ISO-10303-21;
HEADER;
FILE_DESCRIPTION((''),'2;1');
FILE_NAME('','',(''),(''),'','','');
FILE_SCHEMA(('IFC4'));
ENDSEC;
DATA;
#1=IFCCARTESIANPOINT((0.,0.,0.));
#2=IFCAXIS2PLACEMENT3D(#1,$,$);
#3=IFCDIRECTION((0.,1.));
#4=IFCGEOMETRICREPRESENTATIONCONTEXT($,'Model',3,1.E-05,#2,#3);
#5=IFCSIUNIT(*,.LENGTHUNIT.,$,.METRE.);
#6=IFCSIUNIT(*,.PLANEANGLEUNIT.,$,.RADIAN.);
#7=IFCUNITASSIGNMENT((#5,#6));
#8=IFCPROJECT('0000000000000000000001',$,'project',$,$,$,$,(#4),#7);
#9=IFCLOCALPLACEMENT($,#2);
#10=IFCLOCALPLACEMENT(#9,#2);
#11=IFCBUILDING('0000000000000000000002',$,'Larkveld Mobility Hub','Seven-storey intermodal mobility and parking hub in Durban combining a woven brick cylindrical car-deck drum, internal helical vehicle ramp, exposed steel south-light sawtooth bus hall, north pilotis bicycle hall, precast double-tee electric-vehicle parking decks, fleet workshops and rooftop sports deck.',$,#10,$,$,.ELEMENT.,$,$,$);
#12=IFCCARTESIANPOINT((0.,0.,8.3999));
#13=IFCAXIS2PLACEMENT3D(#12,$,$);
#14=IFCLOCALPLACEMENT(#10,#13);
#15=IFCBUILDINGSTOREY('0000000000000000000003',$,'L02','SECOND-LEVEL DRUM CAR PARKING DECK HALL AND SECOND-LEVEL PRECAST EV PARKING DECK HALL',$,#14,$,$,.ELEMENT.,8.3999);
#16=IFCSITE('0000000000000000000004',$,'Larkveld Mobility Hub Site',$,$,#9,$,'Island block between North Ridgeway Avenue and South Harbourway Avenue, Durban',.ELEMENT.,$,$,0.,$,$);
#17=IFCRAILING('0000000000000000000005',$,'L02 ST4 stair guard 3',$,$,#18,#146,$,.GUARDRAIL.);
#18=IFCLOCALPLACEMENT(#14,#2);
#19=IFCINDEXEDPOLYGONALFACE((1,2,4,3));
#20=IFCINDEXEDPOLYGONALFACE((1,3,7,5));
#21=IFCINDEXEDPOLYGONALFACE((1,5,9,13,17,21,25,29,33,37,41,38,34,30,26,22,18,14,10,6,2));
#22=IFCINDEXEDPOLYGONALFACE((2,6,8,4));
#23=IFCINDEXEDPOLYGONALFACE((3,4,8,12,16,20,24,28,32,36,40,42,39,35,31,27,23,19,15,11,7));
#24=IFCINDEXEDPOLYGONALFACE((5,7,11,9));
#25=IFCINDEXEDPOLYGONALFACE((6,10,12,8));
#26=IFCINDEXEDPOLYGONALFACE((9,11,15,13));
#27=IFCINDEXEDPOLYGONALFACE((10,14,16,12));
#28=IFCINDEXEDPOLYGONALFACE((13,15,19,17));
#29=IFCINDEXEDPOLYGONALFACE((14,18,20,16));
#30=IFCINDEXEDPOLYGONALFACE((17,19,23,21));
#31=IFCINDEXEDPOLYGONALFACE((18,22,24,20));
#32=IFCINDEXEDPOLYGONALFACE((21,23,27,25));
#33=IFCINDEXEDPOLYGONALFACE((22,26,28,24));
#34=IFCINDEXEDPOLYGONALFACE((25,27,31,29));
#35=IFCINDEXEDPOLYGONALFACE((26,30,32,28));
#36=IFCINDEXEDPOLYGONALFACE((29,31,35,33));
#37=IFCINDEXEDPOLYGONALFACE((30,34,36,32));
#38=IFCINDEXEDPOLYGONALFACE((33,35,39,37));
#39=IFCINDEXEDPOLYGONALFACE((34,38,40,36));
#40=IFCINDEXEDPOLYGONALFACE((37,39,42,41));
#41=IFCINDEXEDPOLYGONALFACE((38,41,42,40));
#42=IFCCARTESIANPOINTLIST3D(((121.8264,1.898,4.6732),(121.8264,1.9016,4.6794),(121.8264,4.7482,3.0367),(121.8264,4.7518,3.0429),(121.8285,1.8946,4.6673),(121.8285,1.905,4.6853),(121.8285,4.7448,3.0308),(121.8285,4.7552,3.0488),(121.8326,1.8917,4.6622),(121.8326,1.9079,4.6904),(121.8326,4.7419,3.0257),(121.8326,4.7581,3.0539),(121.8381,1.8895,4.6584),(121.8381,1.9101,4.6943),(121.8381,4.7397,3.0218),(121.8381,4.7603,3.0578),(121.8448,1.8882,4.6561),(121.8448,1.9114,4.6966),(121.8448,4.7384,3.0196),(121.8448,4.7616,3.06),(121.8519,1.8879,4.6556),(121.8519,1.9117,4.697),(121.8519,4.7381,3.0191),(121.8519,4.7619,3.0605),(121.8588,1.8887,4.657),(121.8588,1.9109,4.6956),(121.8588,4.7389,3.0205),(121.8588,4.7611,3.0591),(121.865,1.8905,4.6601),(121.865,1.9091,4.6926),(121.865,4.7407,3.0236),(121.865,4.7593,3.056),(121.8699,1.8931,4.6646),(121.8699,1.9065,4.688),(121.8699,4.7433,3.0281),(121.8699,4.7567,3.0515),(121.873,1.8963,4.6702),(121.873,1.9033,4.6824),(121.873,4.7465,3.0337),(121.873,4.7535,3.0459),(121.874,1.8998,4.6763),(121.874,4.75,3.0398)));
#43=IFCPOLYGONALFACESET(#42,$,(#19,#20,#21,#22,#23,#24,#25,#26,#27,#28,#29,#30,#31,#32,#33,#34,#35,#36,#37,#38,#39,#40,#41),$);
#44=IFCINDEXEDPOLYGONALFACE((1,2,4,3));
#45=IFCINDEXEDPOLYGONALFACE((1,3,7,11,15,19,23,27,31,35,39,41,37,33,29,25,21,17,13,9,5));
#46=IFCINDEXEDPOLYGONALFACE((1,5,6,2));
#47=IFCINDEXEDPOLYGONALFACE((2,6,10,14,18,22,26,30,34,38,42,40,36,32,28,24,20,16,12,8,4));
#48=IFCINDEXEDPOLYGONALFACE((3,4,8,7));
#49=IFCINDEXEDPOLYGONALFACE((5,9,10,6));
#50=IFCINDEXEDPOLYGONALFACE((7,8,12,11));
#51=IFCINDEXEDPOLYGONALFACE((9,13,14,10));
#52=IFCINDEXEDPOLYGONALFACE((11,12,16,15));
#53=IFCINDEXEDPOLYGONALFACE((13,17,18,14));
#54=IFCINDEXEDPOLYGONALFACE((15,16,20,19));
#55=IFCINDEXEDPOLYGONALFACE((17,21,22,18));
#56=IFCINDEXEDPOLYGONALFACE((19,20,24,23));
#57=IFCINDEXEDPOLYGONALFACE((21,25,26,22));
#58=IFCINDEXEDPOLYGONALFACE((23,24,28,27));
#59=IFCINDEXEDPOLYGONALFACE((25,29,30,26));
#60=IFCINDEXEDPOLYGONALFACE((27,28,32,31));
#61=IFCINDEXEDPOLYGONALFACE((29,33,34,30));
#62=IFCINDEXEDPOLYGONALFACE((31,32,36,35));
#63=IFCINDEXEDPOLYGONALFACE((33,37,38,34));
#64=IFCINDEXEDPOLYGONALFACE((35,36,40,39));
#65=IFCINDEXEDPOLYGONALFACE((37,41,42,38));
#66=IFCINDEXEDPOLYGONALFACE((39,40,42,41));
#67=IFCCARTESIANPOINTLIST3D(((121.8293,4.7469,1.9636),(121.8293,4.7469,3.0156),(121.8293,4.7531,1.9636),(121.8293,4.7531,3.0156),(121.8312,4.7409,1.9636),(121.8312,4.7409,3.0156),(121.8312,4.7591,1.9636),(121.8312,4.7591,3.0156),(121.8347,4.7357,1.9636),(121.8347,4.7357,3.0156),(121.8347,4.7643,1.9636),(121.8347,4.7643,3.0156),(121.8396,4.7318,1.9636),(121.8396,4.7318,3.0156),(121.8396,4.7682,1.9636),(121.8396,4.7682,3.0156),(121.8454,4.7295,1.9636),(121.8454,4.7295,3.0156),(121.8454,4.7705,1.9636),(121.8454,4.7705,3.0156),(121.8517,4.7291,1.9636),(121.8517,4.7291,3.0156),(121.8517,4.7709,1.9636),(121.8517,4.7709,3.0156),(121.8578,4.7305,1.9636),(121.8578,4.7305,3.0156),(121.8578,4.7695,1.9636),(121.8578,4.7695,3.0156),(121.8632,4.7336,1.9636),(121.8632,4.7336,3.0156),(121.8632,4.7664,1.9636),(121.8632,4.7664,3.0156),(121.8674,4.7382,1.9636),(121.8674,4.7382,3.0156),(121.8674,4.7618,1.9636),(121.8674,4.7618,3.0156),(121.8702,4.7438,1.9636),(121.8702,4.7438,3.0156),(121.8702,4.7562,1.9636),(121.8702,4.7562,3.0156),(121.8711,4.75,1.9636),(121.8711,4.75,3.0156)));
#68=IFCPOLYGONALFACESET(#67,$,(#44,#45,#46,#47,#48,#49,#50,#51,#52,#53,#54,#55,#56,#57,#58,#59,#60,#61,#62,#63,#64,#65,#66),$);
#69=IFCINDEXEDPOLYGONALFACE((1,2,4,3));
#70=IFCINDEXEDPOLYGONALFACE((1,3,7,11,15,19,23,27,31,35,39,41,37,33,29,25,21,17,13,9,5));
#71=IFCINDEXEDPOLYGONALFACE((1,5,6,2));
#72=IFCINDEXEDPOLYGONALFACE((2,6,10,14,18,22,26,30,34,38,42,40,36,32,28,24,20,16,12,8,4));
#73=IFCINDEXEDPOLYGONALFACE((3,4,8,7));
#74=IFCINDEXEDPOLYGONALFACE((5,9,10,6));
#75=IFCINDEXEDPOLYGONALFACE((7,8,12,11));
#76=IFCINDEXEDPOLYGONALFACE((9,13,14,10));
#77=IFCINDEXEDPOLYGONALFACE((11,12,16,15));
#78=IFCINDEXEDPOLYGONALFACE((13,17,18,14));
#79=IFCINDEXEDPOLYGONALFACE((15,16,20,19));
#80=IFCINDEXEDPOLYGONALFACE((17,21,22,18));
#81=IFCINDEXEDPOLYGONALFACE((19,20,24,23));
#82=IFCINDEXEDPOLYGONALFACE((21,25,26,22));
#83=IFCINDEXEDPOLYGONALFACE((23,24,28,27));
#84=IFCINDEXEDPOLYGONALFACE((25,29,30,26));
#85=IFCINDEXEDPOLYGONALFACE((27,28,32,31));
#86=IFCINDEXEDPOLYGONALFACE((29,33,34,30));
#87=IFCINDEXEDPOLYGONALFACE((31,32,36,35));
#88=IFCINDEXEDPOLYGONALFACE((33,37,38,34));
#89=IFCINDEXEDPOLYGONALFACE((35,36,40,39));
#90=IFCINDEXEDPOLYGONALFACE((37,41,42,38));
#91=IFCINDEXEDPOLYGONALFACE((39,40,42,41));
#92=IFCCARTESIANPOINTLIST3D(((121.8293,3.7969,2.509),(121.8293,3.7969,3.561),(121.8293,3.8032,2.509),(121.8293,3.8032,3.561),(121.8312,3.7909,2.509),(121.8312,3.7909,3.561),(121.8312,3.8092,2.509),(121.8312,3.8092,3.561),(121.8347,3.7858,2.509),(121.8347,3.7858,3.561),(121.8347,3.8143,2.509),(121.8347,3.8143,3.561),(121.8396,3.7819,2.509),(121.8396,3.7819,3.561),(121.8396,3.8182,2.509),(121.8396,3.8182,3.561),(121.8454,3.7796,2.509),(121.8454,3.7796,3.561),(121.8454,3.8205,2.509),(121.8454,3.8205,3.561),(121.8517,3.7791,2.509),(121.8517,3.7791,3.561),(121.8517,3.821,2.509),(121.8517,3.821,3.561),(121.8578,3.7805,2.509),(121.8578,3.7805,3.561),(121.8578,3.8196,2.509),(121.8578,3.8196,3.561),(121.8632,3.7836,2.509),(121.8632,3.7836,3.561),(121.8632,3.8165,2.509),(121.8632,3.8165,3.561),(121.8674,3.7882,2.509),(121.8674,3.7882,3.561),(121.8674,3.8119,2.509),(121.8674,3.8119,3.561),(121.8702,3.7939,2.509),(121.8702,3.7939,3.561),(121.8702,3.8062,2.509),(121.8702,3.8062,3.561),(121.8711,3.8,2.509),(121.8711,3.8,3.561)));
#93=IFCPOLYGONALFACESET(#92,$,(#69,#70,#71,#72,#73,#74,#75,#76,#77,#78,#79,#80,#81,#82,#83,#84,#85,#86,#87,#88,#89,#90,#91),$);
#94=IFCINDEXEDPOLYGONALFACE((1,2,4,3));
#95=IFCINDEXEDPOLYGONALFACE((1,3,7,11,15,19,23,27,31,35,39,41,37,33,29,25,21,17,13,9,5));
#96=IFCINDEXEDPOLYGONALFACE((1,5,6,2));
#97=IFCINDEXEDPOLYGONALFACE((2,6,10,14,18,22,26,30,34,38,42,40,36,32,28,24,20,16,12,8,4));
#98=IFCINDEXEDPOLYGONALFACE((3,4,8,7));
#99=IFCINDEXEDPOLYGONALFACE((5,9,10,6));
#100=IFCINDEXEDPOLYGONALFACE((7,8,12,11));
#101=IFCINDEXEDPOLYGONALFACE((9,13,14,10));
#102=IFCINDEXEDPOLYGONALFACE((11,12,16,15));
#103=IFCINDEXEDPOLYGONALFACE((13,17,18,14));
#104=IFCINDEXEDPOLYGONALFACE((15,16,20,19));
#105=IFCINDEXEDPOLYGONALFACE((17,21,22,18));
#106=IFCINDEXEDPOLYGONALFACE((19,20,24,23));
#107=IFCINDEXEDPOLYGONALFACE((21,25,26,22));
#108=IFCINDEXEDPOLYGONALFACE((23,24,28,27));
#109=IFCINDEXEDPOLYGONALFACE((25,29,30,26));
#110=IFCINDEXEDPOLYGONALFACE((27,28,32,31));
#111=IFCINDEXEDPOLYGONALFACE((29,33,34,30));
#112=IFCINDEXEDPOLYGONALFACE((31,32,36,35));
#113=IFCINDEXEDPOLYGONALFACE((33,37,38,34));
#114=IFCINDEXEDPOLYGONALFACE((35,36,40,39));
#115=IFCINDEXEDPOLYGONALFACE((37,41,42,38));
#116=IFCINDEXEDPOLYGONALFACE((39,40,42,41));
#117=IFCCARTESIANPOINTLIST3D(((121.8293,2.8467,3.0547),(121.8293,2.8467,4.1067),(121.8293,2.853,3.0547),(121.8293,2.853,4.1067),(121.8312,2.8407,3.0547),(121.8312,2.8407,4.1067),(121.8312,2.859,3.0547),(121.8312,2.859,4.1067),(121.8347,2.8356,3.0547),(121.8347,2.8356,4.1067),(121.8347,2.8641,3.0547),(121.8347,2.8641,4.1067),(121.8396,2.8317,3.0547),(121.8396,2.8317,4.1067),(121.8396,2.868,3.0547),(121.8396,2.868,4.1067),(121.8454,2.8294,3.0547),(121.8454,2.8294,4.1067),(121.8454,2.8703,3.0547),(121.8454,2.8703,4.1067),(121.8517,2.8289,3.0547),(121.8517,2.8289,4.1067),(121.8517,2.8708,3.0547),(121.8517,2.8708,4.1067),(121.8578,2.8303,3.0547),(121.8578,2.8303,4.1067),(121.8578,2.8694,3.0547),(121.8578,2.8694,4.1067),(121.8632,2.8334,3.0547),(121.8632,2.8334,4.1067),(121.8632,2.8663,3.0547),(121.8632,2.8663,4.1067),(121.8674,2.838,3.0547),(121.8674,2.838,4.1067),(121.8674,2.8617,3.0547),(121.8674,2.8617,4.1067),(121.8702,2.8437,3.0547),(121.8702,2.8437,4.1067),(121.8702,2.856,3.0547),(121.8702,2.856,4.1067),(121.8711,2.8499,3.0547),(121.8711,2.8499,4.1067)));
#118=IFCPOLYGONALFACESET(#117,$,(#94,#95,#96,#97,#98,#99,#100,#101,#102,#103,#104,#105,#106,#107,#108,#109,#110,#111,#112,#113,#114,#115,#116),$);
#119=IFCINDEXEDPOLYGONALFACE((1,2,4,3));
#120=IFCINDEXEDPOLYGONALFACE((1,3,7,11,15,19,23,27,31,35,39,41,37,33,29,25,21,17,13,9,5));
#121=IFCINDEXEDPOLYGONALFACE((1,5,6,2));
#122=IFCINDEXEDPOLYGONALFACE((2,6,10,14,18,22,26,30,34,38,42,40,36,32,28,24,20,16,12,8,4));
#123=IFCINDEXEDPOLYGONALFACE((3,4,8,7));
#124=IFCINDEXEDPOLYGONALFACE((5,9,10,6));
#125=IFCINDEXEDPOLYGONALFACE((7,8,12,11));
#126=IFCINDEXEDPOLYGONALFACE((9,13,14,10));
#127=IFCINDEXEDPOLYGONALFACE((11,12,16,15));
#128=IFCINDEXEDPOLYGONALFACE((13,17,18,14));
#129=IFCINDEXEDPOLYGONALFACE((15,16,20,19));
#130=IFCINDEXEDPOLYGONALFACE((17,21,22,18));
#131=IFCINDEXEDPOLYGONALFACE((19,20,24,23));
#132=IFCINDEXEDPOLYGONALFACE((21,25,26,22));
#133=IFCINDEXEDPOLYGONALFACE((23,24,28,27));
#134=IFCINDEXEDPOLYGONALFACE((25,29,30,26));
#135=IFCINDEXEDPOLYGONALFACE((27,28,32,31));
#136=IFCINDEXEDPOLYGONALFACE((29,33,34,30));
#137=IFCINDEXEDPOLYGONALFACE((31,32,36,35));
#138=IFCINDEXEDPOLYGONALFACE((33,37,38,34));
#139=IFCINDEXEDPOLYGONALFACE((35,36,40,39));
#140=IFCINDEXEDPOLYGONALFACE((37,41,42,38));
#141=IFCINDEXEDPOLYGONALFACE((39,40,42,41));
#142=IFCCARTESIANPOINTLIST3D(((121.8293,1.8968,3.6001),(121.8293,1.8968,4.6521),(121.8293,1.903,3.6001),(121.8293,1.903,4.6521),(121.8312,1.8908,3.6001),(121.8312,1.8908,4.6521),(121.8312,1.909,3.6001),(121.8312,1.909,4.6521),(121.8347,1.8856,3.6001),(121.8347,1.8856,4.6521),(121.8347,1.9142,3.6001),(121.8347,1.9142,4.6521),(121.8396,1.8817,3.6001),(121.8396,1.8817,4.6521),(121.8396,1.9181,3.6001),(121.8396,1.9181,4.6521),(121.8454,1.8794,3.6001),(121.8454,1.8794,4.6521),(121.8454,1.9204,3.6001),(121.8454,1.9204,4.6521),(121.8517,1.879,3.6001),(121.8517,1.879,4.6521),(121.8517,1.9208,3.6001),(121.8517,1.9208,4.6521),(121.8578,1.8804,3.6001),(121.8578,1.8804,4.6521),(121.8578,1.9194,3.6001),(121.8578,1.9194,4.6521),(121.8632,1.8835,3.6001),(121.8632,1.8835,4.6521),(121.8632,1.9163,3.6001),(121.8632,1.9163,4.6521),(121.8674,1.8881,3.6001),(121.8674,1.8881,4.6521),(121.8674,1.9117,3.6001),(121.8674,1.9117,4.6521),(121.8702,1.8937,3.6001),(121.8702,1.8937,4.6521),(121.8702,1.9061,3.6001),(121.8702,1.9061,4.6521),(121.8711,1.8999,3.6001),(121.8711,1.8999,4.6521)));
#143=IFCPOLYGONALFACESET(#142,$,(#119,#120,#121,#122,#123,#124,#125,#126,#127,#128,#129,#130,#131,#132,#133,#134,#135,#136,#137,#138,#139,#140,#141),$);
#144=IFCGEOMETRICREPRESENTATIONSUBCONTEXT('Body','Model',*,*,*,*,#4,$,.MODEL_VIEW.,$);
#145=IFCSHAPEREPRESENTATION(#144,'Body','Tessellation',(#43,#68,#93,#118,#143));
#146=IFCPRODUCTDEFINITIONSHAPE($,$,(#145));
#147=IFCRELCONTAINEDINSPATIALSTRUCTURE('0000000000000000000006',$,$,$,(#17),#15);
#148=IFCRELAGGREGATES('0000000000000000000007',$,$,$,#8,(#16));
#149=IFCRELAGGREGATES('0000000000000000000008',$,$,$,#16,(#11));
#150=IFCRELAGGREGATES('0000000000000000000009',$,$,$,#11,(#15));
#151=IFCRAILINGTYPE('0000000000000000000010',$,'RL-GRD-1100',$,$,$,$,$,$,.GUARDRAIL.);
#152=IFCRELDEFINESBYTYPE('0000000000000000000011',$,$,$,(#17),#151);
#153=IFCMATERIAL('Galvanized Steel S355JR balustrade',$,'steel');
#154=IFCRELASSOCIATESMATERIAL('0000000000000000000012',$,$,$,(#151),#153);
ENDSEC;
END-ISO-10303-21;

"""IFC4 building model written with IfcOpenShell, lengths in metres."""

from ifc_helpers import new_model, si_unit, direction, frame, origin, origin_2d, place, context, subcontext, project, spatial, circle, extrude, material, type_object, element, save


model = new_model("IFC4")

# Units and contexts
model_context = context("Model", 3, precision=1e-05, world=origin(), true_north=direction((0.0, 1.0)))
body_context = subcontext(model_context, "Body", "Model", "MODEL_VIEW")
ifc_project = project(units=[si_unit("LENGTHUNIT", "METRE"), si_unit("PLANEANGLEUNIT", "RADIAN")], contexts=[model_context])

# Site, building, storey
site_placement = place(None, origin())
site = spatial("IfcSite", under=ifc_project, at=site_placement, Name="Larkveld Mobility Hub Site", LongName="Island block between North Ridgeway Avenue and South Harbourway Avenue, Durban", CompositionType="ELEMENT", RefElevation=0.0)
building_placement = place(site_placement, origin())
building = spatial("IfcBuilding", under=site, at=building_placement, Name="Larkveld Mobility Hub", Description="Seven-storey intermodal mobility and parking hub in Durban combining a woven brick cylindrical car-deck drum, internal helical vehicle ramp, exposed steel south-light sawtooth bus hall, north pilotis bicycle hall, precast double-tee electric-vehicle parking decks, fleet workshops and rooftop sports deck.", CompositionType="ELEMENT")
storey_placement = place(building_placement, frame((0.0, 0.0, 8.3999)))
storey = spatial("IfcBuildingStorey", under=building, at=storey_placement, Name="L02", Description="SECOND-LEVEL DRUM CAR PARKING DECK HALL AND SECOND-LEVEL PRECAST EV PARKING DECK HALL", CompositionType="ELEMENT", Elevation=8.3999)

# Railing
ifc_material_1 = material(Name="Galvanized Steel S355JR balustrade", Category="steel")
railing_type_1 = type_object("IfcRailingType", Name="RL-GRD-1100", PredefinedType="GUARDRAIL", material=ifc_material_1)
railing_1_placement = place(storey_placement, frame((121.8501, 4.75, 1.9636)))
element("IfcRailing", 1, at=railing_1_placement, inside=storey, type_object=railing_type_1, Name="L02 ST4 stair guard 3", PredefinedType="GUARDRAIL", context=body_context, shape_type="SweptSolid", body=[
    extrude(circle(Radius=0.0239, at=origin_2d()), frame((0.0, 0.0, 1.0762), z_axis=(0.0, -0.867213, 0.497938), x_axis=(1.0, 0.0, 0.0)), (0.0, 0.0, 1.0), 3.2866),
    extrude(circle(Radius=0.021, at=origin_2d()), origin(), (0.0, 0.0, 1.0), 1.052),
    extrude(circle(Radius=0.021, at=origin_2d()), frame((0.0, -0.95, 0.5454)), (0.0, 0.0, 1.0), 1.052),
    extrude(circle(Radius=0.021, at=origin_2d()), frame((0.0, -1.9001, 1.0911)), (0.0, 0.0, 1.0), 1.052),
    extrude(circle(Radius=0.021, at=origin_2d()), frame((0.0, -2.8501, 1.6365)), (0.0, 0.0, 1.0), 1.052),
])

save(model, "model.ifc")
